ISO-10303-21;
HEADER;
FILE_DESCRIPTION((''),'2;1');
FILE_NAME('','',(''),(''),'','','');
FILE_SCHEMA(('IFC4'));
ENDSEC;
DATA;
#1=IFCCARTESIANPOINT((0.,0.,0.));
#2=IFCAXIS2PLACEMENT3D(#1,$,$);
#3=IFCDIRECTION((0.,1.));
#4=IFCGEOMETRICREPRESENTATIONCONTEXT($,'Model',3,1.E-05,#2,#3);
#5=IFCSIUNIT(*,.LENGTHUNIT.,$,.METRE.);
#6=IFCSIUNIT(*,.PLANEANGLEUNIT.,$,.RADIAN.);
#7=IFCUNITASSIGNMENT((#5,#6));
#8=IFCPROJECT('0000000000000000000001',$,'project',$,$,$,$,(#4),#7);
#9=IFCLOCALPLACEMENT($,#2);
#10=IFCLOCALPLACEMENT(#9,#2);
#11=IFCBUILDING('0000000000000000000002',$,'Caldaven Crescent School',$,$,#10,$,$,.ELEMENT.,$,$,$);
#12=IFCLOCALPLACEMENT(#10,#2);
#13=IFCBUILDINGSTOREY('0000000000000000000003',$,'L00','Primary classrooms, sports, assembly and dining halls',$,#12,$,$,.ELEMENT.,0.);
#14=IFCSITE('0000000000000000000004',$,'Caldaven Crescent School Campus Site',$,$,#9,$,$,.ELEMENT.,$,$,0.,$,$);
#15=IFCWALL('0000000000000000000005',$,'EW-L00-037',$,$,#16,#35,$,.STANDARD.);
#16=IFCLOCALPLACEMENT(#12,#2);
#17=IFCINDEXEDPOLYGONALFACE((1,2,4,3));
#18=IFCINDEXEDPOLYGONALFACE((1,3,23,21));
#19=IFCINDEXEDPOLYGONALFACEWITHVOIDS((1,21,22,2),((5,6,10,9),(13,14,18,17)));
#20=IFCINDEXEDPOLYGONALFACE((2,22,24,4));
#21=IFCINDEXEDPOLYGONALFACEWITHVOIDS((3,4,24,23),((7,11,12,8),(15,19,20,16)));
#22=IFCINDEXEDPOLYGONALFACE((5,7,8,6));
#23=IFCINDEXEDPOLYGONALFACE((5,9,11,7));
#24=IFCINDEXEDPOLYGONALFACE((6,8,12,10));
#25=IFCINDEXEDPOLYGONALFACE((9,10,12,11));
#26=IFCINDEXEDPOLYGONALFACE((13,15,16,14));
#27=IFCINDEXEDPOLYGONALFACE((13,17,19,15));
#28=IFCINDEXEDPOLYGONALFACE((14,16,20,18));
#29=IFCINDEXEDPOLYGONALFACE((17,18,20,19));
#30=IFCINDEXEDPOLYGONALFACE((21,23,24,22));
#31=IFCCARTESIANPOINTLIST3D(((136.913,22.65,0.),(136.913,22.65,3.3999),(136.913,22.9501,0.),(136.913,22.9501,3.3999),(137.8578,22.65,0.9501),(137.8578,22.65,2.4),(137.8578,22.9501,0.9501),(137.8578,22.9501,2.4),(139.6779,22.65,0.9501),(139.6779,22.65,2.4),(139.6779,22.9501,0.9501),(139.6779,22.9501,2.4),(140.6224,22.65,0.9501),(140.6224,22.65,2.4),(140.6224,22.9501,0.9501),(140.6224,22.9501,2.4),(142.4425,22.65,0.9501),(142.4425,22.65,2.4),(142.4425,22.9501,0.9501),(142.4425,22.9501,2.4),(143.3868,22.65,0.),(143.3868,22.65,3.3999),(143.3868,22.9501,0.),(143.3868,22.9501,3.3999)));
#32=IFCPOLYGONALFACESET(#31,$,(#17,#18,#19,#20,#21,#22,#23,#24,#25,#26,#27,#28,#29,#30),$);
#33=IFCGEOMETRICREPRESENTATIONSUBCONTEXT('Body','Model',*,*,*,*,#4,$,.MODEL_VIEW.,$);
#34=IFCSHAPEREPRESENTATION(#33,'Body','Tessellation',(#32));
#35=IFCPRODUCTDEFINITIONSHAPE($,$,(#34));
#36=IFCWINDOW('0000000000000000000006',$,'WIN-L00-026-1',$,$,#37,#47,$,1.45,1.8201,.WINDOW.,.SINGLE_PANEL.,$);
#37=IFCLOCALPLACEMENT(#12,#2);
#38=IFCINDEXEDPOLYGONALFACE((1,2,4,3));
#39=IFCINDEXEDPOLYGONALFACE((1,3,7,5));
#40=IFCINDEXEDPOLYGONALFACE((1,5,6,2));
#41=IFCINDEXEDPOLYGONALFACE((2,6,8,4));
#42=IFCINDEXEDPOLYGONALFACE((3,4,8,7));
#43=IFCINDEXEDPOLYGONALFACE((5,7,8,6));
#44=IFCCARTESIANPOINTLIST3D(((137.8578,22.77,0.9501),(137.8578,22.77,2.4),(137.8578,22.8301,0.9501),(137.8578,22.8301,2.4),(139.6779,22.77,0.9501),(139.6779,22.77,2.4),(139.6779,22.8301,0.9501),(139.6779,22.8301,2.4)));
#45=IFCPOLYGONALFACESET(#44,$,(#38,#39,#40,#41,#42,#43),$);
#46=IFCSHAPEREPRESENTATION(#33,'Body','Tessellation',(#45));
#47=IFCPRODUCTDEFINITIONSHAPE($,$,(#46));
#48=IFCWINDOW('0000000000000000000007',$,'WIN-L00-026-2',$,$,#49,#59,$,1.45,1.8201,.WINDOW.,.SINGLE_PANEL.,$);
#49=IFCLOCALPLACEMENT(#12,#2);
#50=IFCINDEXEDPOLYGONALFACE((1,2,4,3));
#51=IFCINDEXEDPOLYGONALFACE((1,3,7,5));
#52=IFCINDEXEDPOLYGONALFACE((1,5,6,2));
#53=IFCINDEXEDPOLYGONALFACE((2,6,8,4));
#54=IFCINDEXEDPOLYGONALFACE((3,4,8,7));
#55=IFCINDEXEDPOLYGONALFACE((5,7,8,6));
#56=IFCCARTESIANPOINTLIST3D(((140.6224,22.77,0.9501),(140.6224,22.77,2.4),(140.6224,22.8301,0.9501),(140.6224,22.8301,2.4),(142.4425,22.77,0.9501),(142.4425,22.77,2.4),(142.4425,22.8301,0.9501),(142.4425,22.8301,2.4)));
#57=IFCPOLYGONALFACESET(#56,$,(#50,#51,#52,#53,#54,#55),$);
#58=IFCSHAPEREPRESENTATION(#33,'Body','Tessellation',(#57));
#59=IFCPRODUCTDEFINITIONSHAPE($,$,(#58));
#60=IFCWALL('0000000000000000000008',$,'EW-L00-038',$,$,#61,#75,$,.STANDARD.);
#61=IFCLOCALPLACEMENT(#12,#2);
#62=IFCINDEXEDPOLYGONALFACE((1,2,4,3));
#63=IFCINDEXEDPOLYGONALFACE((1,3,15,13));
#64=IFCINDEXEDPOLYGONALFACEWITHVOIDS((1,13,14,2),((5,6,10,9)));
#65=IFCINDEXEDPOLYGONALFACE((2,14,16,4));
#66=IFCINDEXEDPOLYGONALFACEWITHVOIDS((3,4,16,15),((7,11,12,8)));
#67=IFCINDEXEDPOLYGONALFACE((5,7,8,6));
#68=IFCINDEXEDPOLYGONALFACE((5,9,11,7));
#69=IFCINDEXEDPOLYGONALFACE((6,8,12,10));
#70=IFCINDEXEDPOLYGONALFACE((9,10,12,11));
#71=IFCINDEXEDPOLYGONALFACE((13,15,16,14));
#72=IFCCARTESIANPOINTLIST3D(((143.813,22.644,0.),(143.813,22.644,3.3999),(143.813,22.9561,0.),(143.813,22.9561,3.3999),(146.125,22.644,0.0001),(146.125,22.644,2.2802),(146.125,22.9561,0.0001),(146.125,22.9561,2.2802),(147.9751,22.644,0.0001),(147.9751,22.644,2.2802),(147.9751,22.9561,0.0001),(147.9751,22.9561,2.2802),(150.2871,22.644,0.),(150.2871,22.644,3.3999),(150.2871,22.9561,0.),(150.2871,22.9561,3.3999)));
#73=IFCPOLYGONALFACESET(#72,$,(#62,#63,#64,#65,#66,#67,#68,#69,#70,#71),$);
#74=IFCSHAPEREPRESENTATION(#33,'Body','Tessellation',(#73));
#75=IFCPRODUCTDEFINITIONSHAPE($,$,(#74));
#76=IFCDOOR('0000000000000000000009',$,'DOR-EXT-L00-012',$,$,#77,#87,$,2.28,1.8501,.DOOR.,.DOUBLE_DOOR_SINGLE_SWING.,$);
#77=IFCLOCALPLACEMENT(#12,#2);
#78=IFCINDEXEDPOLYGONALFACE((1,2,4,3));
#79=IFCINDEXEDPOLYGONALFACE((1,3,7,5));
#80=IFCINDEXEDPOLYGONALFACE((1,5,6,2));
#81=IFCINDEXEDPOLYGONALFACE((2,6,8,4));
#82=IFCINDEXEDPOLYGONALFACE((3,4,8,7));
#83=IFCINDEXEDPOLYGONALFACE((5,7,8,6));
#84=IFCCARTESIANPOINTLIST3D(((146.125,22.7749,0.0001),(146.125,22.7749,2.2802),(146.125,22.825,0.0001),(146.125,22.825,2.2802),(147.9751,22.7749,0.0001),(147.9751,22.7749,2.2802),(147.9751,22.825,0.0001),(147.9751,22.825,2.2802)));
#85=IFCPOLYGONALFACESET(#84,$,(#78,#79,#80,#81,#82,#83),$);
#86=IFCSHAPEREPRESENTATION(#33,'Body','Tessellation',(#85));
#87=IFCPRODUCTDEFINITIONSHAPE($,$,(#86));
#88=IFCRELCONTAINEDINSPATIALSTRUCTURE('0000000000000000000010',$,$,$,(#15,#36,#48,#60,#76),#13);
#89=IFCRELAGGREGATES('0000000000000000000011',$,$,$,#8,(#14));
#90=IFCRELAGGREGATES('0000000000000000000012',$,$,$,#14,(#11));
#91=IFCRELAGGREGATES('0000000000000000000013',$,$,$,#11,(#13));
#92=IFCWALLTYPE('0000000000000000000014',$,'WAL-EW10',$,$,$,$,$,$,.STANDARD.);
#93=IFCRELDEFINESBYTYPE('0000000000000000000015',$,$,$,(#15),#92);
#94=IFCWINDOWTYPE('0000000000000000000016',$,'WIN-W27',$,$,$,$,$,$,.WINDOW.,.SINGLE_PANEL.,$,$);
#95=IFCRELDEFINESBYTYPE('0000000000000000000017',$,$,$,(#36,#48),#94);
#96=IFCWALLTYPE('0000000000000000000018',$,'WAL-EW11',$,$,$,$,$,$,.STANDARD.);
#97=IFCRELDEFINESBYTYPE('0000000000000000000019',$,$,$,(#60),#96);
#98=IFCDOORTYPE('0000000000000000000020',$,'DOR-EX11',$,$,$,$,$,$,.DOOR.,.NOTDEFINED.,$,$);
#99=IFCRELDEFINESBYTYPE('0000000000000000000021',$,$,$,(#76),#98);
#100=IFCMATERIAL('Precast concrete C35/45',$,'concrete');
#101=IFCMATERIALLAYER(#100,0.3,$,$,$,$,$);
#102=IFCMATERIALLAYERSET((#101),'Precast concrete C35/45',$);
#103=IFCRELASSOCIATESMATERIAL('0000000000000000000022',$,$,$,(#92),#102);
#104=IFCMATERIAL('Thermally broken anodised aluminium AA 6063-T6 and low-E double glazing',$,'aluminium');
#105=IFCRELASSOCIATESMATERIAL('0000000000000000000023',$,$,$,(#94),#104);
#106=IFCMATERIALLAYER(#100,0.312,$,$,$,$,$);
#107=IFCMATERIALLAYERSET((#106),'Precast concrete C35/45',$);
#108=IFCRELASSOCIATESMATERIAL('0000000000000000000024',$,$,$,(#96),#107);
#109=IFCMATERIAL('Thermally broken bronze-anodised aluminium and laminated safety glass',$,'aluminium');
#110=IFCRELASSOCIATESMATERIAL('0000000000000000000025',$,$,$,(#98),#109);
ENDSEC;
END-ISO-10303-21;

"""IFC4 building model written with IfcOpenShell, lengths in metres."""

from ifc_helpers import new_model, si_unit, direction, frame, frame_2d, origin, place, context, subcontext, project, spatial, rectangle, extrude, material, layer, layer_set, type_object, element, fill, save


model = new_model("IFC4")

# Units and contexts
model_context = context("Model", 3, precision=1e-05, world=origin(), true_north=direction((0.0, 1.0)))
body_context = subcontext(model_context, "Body", "Model", "MODEL_VIEW")
ifc_project = project(units=[si_unit("LENGTHUNIT", "METRE"), si_unit("PLANEANGLEUNIT", "RADIAN")], contexts=[model_context])

# Site, building, storey
site_placement = place(None, origin())
site = spatial("IfcSite", under=ifc_project, at=site_placement, Name="Caldaven Crescent School Campus Site", CompositionType="ELEMENT", RefElevation=0.0)
building_placement = place(site_placement, origin())
building = spatial("IfcBuilding", under=site, at=building_placement, Name="Caldaven Crescent School", CompositionType="ELEMENT")
storey_placement = place(building_placement, origin())
storey = spatial("IfcBuildingStorey", under=building, at=storey_placement, Name="L00", Description="Primary classrooms, sports, assembly and dining halls", CompositionType="ELEMENT", Elevation=0.0)

# Wall, openings, windows
ifc_material_1 = material(Name="Precast concrete C35/45", Category="concrete")
ifc_layer_1 = layer(ifc_material_1, 0.3)
ifc_layer_set_1 = layer_set([ifc_layer_1], Name="Precast concrete C35/45")
wall_type_1 = type_object("IfcWallType", Name="WAL-EW10", PredefinedType="STANDARD", material=ifc_layer_set_1)
wall_1_placement = place(storey_placement, frame((136.9131, 22.8, 0.0), z_axis=(0.0, 0.0, 1.0), x_axis=(1.0, 0.0, 0.0)))
wall_1 = element("IfcWall", 1, at=wall_1_placement, inside=storey, type_object=wall_type_1, Name="EW-L00-037", PredefinedType="STANDARD", context=body_context, shape_type="SweptSolid", body=[
    extrude(rectangle(XDim=6.4739, YDim=0.3, at=frame_2d((3.2368, 0.0))), origin(), (0.0, 0.0, 1.0), 3.3999),
])
opening_1_placement = place(wall_1_placement, frame((0.9446, 0.0, 0.95)))
opening_1 = element("IfcOpeningElement", 2, at=opening_1_placement, cuts=wall_1, PredefinedType="OPENING", context=body_context, shape_type="SweptSolid", body=[
    extrude(rectangle(XDim=1.8201, YDim=1.45, at=frame_2d((0.9102, 0.7251))), frame((0.0, 0.1599, 0.0), z_axis=(0.0, -1.0, 0.0), x_axis=(1.0, 0.0, 0.0)), (0.0, 0.0, 1.0), 0.3201),
])
opening_2_placement = place(wall_1_placement, frame((3.7092, 0.0, 0.95)))
opening_2 = element("IfcOpeningElement", 3, at=opening_2_placement, cuts=wall_1, PredefinedType="OPENING", context=body_context, shape_type="SweptSolid", body=[
    extrude(rectangle(XDim=1.8201, YDim=1.45, at=frame_2d((0.9102, 0.7251))), frame((0.0, 0.1599, 0.0), z_axis=(0.0, -1.0, 0.0), x_axis=(1.0, 0.0, 0.0)), (0.0, 0.0, 1.0), 0.3201),
])
ifc_material_2 = material(Name="Thermally broken anodised aluminium AA 6063-T6 and low-E double glazing", Category="aluminium")
window_type = type_object("IfcWindowType", Name="WIN-W27", PartitioningType="SINGLE_PANEL", PredefinedType="WINDOW", material=ifc_material_2)
window_1_placement = place(opening_1_placement, origin())
window_1 = element("IfcWindow", 4, at=window_1_placement, inside=storey, type_object=window_type, Name="WIN-L00-026-1", OverallHeight=1.45, OverallWidth=1.8201, PartitioningType="SINGLE_PANEL", PredefinedType="WINDOW", context=body_context, shape_type="SweptSolid", body=[
    extrude(rectangle(XDim=1.8201, YDim=1.45, at=frame_2d((0.9102, 0.7251))), frame((0.0, 0.03, 0.0), z_axis=(0.0, -1.0, 0.0), x_axis=(1.0, 0.0, 0.0)), (0.0, 0.0, 1.0), 0.0601),
])
fill(opening_1, window_1)
window_2_placement = place(opening_2_placement, origin())
window_2 = element("IfcWindow", 5, at=window_2_placement, inside=storey, type_object=window_type, Name="WIN-L00-026-2", OverallHeight=1.45, OverallWidth=1.8201, PartitioningType="SINGLE_PANEL", PredefinedType="WINDOW", context=body_context, shape_type="SweptSolid", body=[
    extrude(rectangle(XDim=1.8201, YDim=1.45, at=frame_2d((0.9102, 0.7251))), frame((0.0, 0.03, 0.0), z_axis=(0.0, -1.0, 0.0), x_axis=(1.0, 0.0, 0.0)), (0.0, 0.0, 1.0), 0.0601),
])
fill(opening_2, window_2)

# Wall, opening, door
ifc_layer_2 = layer(ifc_material_1, 0.312)
ifc_layer_set_2 = layer_set([ifc_layer_2], Name="Precast concrete C35/45")
wall_type_2 = type_object("IfcWallType", Name="WAL-EW11", PredefinedType="STANDARD", material=ifc_layer_set_2)
wall_2_placement = place(storey_placement, frame((143.813, 22.8, 0.0), z_axis=(0.0, 0.0, 1.0), x_axis=(1.0, 0.0, 0.0)))
wall_2 = element("IfcWall", 6, at=wall_2_placement, inside=storey, type_object=wall_type_2, Name="EW-L00-038", PredefinedType="STANDARD", context=body_context, shape_type="SweptSolid", body=[
    extrude(rectangle(XDim=6.4741, YDim=0.312, at=frame_2d((3.2371, 0.0))), origin(), (0.0, 0.0, 1.0), 3.3999),
])
opening_3_placement = place(wall_2_placement, frame((2.312, 0.0, 0.0)))
opening_3 = element("IfcOpeningElement", 7, at=opening_3_placement, cuts=wall_2, PredefinedType="OPENING", context=body_context, shape_type="SweptSolid", body=[
    extrude(rectangle(XDim=1.8501, YDim=2.28, at=frame_2d((0.925, 1.1401))), frame((0.0, 0.166, 0.0), z_axis=(0.0, -1.0, 0.0), x_axis=(1.0, 0.0, 0.0)), (0.0, 0.0, 1.0), 0.332),
])
ifc_material_3 = material(Name="Thermally broken bronze-anodised aluminium and laminated safety glass", Category="aluminium")
door_type = type_object("IfcDoorType", Name="DOR-EX11", OperationType="NOTDEFINED", PredefinedType="DOOR", material=ifc_material_3)
door_placement = place(opening_3_placement, origin())
door = element("IfcDoor", 8, at=door_placement, inside=storey, type_object=door_type, Name="DOR-EXT-L00-012", OperationType="DOUBLE_DOOR_SINGLE_SWING", OverallHeight=2.28, OverallWidth=1.8501, PredefinedType="DOOR", context=body_context, shape_type="SweptSolid", body=[
    extrude(rectangle(XDim=1.8501, YDim=2.28, at=frame_2d((0.925, 1.1401))), frame((0.0, 0.0249, 0.0), z_axis=(0.0, -1.0, 0.0), x_axis=(1.0, 0.0, 0.0)), (0.0, 0.0, 1.0), 0.05),
])
fill(opening_3, door)

save(model, "model.ifc")
